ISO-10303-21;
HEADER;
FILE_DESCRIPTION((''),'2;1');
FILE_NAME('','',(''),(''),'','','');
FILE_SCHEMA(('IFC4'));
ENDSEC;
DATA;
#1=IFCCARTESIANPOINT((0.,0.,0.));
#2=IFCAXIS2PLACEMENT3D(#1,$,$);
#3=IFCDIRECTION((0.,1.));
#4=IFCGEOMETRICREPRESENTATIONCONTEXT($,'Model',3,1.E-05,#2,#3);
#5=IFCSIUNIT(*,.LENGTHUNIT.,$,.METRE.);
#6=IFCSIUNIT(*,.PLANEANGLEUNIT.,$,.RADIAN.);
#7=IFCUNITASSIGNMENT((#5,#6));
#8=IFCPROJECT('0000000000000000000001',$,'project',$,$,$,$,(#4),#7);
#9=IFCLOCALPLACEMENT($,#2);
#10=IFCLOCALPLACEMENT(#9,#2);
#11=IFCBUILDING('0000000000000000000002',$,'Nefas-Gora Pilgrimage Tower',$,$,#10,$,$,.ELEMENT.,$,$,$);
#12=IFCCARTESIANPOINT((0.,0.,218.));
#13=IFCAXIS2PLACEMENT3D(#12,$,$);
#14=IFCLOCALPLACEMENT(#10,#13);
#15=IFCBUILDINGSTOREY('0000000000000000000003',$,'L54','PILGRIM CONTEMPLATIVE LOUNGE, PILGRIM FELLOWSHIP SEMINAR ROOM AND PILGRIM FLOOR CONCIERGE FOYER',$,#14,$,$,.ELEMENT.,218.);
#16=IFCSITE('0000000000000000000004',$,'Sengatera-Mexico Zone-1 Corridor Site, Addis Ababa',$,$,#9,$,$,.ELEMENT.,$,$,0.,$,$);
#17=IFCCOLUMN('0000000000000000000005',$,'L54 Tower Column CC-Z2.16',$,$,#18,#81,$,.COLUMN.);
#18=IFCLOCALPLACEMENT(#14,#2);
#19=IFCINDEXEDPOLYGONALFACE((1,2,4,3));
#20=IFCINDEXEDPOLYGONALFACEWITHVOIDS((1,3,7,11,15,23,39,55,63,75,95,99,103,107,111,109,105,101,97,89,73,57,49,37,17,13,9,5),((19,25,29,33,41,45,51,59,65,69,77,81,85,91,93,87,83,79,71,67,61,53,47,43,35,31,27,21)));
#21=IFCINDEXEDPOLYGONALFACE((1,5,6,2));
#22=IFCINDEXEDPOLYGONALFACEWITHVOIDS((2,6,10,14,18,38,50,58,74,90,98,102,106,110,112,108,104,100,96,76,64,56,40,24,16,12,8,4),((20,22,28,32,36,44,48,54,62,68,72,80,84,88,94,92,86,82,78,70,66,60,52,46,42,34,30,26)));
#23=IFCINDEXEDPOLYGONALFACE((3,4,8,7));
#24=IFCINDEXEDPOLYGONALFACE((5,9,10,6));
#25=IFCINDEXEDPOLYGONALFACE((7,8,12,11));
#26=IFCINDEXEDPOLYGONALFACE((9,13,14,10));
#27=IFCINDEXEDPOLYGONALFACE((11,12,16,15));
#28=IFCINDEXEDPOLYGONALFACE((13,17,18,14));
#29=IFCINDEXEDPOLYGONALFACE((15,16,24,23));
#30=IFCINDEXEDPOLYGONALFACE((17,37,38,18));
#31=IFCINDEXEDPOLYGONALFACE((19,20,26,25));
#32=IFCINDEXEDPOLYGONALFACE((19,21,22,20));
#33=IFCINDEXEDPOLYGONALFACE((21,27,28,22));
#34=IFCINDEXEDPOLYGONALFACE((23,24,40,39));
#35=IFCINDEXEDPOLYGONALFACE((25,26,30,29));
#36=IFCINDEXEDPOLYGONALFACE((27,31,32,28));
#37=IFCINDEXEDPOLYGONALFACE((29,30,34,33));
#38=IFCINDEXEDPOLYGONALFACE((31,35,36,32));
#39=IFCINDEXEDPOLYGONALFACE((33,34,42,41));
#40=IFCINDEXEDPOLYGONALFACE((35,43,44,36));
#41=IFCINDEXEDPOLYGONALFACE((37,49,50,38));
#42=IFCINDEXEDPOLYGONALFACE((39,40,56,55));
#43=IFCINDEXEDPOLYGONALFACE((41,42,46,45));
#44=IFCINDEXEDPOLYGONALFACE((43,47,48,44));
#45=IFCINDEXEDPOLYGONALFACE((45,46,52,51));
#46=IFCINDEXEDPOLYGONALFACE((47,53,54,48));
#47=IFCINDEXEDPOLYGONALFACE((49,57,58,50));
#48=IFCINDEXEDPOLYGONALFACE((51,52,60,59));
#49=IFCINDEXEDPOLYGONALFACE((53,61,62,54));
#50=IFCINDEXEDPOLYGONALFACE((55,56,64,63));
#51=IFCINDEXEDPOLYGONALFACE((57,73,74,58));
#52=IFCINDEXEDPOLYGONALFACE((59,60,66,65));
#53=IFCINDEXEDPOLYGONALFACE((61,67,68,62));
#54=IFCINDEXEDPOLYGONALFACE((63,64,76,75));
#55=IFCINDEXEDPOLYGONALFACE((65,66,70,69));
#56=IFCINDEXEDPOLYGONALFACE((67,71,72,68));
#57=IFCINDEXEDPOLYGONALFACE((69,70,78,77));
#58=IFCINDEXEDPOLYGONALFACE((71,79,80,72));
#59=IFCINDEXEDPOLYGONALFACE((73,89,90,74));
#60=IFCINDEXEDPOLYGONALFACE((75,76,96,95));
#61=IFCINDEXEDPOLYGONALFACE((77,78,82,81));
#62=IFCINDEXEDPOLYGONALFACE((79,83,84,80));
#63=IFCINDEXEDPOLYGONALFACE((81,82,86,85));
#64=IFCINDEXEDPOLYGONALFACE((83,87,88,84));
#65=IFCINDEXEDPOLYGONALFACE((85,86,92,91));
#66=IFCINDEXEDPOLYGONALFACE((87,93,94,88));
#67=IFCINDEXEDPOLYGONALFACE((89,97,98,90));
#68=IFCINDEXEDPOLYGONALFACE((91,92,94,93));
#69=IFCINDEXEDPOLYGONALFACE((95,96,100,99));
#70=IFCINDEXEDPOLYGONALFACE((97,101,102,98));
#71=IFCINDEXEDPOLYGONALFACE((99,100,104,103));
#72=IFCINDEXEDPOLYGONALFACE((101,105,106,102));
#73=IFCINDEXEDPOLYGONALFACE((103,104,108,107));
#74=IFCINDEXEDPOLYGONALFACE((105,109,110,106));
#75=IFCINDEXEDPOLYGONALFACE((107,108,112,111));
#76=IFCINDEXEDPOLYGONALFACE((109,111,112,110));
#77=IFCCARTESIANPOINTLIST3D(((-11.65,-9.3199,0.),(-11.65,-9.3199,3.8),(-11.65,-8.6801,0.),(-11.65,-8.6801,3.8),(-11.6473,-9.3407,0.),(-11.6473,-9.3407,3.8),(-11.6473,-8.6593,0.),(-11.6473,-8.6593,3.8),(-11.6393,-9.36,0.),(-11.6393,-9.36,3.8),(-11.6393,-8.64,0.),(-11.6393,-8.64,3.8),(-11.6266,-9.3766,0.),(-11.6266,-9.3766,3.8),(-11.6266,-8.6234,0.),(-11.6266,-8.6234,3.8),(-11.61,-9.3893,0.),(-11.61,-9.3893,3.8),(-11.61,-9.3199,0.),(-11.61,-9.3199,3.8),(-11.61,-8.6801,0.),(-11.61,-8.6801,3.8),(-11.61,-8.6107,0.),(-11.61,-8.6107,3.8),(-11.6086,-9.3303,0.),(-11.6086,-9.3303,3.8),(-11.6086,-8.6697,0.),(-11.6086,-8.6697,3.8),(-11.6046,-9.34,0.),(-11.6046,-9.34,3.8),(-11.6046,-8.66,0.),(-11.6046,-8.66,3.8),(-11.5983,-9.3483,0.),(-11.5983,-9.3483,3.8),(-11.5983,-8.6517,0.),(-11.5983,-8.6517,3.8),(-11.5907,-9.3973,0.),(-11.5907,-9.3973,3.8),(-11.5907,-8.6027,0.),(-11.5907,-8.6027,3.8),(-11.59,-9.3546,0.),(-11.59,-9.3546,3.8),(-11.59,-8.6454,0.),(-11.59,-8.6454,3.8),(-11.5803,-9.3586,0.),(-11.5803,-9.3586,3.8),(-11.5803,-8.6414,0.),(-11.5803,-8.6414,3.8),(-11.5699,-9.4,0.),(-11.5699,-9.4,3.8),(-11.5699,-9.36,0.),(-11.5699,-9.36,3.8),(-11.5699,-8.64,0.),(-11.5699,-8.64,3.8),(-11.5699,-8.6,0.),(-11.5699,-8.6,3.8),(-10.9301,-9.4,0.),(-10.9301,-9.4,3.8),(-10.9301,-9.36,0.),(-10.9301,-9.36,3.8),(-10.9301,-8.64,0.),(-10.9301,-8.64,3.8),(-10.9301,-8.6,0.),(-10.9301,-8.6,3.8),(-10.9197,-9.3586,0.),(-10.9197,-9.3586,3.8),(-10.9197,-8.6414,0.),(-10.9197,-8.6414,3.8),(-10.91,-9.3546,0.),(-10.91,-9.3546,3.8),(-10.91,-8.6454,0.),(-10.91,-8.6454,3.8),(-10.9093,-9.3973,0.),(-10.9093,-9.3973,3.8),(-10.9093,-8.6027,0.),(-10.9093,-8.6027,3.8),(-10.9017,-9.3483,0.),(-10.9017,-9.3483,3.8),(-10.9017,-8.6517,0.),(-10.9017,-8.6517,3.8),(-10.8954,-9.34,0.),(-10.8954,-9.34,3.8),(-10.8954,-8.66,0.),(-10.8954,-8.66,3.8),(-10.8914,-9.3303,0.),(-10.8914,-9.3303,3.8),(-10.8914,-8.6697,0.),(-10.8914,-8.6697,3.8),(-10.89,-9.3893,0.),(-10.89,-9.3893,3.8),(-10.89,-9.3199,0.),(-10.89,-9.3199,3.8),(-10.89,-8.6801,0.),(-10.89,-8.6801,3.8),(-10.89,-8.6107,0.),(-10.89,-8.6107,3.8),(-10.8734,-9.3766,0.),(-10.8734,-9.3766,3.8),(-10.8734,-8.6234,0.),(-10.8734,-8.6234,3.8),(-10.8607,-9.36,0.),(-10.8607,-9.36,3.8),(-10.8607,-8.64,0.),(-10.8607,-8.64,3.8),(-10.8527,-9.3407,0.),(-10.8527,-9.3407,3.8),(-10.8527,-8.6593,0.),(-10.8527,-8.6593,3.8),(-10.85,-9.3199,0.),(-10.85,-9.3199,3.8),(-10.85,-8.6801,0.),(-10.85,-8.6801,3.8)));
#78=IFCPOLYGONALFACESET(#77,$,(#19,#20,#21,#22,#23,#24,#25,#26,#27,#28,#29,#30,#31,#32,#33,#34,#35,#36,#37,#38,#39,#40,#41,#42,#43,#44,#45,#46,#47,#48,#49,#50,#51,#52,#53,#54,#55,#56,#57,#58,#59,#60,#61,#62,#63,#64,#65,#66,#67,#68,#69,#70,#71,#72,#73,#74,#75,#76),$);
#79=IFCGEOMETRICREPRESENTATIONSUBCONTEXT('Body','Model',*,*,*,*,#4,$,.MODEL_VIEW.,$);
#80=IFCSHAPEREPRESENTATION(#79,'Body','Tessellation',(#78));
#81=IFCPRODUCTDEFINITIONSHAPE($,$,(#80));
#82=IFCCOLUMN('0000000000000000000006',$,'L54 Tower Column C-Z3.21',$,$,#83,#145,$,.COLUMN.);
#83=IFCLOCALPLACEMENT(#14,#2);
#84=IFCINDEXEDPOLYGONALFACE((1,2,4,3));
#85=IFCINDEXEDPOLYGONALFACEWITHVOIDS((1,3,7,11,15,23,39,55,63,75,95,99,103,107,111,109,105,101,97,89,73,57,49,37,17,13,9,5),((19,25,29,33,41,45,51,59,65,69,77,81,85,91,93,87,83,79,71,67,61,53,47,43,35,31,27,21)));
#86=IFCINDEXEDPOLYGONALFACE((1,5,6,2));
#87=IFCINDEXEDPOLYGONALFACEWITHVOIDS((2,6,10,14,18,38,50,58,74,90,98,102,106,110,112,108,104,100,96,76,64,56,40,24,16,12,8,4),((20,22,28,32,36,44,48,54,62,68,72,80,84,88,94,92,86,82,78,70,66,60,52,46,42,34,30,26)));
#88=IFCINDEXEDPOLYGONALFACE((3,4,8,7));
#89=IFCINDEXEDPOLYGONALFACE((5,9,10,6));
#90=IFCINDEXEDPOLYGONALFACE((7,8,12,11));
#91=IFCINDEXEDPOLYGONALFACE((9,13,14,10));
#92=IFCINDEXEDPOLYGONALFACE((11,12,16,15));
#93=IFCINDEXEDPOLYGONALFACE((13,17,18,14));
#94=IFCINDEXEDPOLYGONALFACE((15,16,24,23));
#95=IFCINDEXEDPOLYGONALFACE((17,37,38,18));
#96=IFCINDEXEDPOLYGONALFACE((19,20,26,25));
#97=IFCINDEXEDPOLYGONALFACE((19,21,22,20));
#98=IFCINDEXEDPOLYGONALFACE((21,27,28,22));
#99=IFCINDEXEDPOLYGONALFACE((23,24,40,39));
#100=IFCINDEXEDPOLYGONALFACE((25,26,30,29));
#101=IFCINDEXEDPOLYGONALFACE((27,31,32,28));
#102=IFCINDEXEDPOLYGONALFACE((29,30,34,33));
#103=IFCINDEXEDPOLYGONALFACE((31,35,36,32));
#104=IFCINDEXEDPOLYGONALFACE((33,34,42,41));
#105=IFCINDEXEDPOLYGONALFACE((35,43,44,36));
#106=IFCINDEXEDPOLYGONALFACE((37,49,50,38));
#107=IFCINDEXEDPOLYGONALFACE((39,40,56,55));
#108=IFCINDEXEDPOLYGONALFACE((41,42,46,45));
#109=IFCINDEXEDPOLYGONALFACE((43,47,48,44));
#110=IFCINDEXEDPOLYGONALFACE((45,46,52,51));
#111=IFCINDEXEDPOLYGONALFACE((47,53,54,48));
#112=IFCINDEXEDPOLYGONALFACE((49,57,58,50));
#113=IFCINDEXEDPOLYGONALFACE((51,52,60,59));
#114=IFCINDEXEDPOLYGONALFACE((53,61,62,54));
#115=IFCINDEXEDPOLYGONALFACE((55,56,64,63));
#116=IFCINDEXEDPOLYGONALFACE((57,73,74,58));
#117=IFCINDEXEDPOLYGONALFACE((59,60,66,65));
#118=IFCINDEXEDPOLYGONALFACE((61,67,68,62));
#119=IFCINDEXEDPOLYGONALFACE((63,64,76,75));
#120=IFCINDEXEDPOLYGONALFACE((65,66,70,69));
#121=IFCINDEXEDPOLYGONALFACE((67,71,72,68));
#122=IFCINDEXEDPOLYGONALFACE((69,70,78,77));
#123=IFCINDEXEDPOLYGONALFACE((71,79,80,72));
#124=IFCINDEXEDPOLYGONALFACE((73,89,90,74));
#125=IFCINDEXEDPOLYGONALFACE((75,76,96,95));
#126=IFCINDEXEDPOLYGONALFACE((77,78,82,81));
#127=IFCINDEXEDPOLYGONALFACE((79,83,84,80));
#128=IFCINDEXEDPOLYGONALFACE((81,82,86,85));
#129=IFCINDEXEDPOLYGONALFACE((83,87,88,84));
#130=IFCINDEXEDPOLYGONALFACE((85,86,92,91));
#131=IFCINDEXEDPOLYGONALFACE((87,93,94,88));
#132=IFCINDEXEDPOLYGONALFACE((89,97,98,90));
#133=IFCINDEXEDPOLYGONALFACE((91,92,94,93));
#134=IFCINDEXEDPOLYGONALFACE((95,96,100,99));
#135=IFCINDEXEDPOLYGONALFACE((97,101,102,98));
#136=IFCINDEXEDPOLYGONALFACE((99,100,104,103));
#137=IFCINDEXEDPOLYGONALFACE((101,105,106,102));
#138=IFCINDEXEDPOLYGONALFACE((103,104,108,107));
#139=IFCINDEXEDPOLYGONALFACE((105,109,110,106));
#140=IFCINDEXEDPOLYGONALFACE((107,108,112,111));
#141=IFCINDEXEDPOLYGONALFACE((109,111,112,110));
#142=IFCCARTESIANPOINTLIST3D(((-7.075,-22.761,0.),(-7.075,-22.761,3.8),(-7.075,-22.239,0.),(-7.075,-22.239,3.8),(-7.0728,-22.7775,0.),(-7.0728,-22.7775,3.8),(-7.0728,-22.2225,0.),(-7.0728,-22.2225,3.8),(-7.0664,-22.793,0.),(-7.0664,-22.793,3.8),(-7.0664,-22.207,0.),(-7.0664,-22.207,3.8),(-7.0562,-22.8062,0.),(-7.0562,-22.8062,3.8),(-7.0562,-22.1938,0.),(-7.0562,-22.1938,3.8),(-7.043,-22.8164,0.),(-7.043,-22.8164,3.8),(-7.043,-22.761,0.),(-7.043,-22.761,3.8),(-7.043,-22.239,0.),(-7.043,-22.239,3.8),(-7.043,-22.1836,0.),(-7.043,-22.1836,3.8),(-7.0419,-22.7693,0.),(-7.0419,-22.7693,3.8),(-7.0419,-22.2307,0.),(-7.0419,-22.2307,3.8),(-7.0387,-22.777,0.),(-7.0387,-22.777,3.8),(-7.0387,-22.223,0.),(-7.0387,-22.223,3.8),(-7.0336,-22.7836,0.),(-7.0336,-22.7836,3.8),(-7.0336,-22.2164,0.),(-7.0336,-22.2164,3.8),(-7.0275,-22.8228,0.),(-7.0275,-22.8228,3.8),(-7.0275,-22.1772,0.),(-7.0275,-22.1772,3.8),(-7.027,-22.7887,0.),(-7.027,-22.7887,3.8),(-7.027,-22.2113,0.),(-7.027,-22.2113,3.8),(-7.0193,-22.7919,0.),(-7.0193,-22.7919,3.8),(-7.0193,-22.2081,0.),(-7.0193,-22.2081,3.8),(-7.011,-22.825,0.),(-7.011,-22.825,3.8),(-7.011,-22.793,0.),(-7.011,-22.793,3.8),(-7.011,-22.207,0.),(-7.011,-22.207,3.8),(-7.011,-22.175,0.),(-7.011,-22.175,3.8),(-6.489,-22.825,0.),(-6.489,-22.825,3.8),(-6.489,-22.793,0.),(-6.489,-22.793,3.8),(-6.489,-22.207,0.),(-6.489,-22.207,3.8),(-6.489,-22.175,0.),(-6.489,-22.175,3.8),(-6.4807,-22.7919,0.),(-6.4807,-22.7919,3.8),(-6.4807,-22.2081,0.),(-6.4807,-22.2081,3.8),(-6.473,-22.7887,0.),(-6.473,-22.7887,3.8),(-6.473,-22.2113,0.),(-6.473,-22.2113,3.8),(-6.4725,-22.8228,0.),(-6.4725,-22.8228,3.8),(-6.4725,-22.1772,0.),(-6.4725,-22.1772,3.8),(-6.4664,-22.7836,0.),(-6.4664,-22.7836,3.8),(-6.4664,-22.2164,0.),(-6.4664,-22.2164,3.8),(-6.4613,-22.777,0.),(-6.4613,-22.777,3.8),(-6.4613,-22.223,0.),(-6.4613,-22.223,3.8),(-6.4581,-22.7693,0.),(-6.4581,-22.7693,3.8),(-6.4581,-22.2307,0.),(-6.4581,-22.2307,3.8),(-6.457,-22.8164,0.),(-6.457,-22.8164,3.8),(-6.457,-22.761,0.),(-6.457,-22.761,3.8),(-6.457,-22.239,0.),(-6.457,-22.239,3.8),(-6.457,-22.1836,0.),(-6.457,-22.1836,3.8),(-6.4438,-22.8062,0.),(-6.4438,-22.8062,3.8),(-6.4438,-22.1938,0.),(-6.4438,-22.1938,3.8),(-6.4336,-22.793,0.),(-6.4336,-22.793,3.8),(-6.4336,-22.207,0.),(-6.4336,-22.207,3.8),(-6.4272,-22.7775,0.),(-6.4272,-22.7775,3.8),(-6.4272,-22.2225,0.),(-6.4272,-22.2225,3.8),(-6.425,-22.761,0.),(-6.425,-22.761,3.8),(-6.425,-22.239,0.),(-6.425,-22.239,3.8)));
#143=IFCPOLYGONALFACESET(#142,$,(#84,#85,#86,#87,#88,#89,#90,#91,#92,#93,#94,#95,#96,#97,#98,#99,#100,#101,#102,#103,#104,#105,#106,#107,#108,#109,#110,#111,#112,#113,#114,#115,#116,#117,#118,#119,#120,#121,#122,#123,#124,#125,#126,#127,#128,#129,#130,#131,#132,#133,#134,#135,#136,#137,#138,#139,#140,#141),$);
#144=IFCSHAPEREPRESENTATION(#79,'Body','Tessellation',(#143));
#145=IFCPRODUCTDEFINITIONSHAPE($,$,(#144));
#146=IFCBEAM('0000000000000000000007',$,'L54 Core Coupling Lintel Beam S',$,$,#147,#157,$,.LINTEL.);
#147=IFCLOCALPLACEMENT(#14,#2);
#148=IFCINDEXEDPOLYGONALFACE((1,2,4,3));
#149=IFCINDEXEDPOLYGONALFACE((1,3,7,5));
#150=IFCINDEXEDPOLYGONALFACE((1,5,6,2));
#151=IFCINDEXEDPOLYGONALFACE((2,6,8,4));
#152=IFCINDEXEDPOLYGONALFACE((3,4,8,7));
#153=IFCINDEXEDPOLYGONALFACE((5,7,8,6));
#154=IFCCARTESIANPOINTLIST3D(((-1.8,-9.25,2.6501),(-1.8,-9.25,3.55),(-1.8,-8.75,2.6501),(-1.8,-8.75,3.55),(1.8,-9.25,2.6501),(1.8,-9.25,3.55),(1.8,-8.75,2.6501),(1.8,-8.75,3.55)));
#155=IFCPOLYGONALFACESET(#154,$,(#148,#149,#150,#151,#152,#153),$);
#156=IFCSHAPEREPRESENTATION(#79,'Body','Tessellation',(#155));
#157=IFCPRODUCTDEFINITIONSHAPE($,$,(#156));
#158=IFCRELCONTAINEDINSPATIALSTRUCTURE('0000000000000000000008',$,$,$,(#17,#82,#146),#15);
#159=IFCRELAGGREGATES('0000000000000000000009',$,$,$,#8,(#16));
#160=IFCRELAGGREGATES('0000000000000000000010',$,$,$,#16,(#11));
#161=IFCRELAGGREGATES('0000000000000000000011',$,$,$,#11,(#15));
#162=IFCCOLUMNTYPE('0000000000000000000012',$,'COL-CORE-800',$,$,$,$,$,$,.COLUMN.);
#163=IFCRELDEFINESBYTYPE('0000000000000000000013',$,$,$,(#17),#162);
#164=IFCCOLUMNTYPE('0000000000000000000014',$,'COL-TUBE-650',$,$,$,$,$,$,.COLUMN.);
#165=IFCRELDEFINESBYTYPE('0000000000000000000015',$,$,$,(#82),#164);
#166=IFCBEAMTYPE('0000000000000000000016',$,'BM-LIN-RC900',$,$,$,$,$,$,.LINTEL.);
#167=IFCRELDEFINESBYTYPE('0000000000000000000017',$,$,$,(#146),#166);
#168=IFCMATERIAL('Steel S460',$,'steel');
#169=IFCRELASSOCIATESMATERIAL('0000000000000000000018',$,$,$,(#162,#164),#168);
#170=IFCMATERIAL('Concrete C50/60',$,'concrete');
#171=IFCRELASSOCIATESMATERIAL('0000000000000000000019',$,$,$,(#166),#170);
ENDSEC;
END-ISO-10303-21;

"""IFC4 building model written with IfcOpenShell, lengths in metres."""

from ifc_helpers import new_model, si_unit, direction, frame, origin, origin_2d, place, context, subcontext, project, spatial, rectangle, hollow_rectangle, extrude, source, transform, mapped, material, material_profile, profile_set, type_object, element, save


model = new_model("IFC4")

# Units and contexts
model_context = context("Model", 3, precision=1e-05, world=origin(), true_north=direction((0.0, 1.0)))
body_context = subcontext(model_context, "Body", "Model", "MODEL_VIEW")
ifc_project = project(units=[si_unit("LENGTHUNIT", "METRE"), si_unit("PLANEANGLEUNIT", "RADIAN")], contexts=[model_context])

# Site, building, storey
site_placement = place(None, origin())
site = spatial("IfcSite", under=ifc_project, at=site_placement, Name="Sengatera-Mexico Zone-1 Corridor Site, Addis Ababa", CompositionType="ELEMENT", RefElevation=0.0)
building_placement = place(site_placement, origin())
building = spatial("IfcBuilding", under=site, at=building_placement, Name="Nefas-Gora Pilgrimage Tower", CompositionType="ELEMENT")
storey_placement = place(building_placement, frame((0.0, 0.0, 218.0)))
storey = spatial("IfcBuildingStorey", under=building, at=storey_placement, Name="L54", Description="PILGRIM CONTEMPLATIVE LOUNGE, PILGRIM FELLOWSHIP SEMINAR ROOM AND PILGRIM FLOOR CONCIERGE FOYER", CompositionType="ELEMENT", Elevation=218.0)

# Columns
ifc_material_1 = material(Name="Steel S460", Category="steel")
ifc_material_profile_1 = material_profile(ifc_material_1, hollow_rectangle(XDim=0.8, YDim=0.8, WallThickness=0.04, InnerFilletRadius=0.04, OuterFilletRadius=0.0801, at=origin_2d()), Name="BOX 800x800x40")
ifc_profile_set_1 = profile_set([ifc_material_profile_1], Name="Steel S460")
column_type_1 = type_object("IfcColumnType", Name="COL-CORE-800", PredefinedType="COLUMN", material=ifc_profile_set_1)
shared_shape_1 = source(origin(), body_context, "Body", "SweptSolid", [
    extrude(hollow_rectangle(XDim=0.8, YDim=0.8, WallThickness=0.04, InnerFilletRadius=0.04, OuterFilletRadius=0.0801, at=origin_2d()), origin(), (0.0, 0.0, 1.0), 3.8),
])
column_1_placement = place(storey_placement, frame((-11.25, -9.0, 0.0), z_axis=(0.0, 0.0, 1.0), x_axis=(1.0, 0.0, 0.0)))
element("IfcColumn", 1, at=column_1_placement, inside=storey, type_object=column_type_1, Name="L54 Tower Column CC-Z2.16", PredefinedType="COLUMN", context=body_context, shape_type="MappedRepresentation", body=[
    mapped(shared_shape_1, transform((0.0, 0.0, 0.0), x_axis=(1.0, 0.0, 0.0), y_axis=(0.0, 1.0, 0.0), z_axis=(0.0, 0.0, 1.0), scale=1.0)),
])
ifc_material_profile_2 = material_profile(ifc_material_1, hollow_rectangle(XDim=0.6499, YDim=0.6499, WallThickness=0.032, InnerFilletRadius=0.032, OuterFilletRadius=0.064, at=origin_2d()), Name="BOX 650x650x32")
ifc_profile_set_2 = profile_set([ifc_material_profile_2], Name="Steel S460")
column_type_2 = type_object("IfcColumnType", Name="COL-TUBE-650", PredefinedType="COLUMN", material=ifc_profile_set_2)
shared_shape_2 = source(origin(), body_context, "Body", "SweptSolid", [
    extrude(hollow_rectangle(XDim=0.6499, YDim=0.6499, WallThickness=0.032, InnerFilletRadius=0.032, OuterFilletRadius=0.064, at=origin_2d()), origin(), (0.0, 0.0, 1.0), 3.8),
])
column_2_placement = place(storey_placement, frame((-6.75, -22.5, 0.0), z_axis=(0.0, 0.0, 1.0), x_axis=(1.0, 0.0, 0.0)))
element("IfcColumn", 2, at=column_2_placement, inside=storey, type_object=column_type_2, Name="L54 Tower Column C-Z3.21", PredefinedType="COLUMN", context=body_context, shape_type="MappedRepresentation", body=[
    mapped(shared_shape_2, transform((0.0, 0.0, 0.0), x_axis=(1.0, 0.0, 0.0), y_axis=(0.0, 1.0, 0.0), z_axis=(0.0, 0.0, 1.0), scale=1.0)),
])

# Beam
ifc_material_2 = material(Name="Concrete C50/60", Category="concrete")
ifc_material_profile_3 = material_profile(ifc_material_2, rectangle(XDim=0.5, YDim=0.8999, at=origin_2d()), Name="RC 500x900")
ifc_profile_set_3 = profile_set([ifc_material_profile_3], Name="Concrete C50/60")
beam_type_1 = type_object("IfcBeamType", Name="BM-LIN-RC900", PredefinedType="LINTEL", material=ifc_profile_set_3)
shared_shape_3 = source(origin(), body_context, "Body", "SweptSolid", [
    extrude(rectangle(XDim=0.5, YDim=0.8999, at=origin_2d()), origin(), (0.0, 0.0, 1.0), 3.6001),
])
beam_placement = place(storey_placement, frame((-1.8, -9.0, 3.1001), z_axis=(1.0, 0.0, 0.0), x_axis=(0.0, 1.0, 0.0)))
element("IfcBeam", 3, at=beam_placement, inside=storey, type_object=beam_type_1, Name="L54 Core Coupling Lintel Beam S", PredefinedType="LINTEL", context=body_context, shape_type="MappedRepresentation", body=[
    mapped(shared_shape_3, transform((0.0, 0.0, 0.0), x_axis=(1.0, 0.0, 0.0), y_axis=(0.0, 1.0, 0.0), z_axis=(0.0, 0.0, 1.0), scale=1.0)),
])

save(model, "model.ifc")
